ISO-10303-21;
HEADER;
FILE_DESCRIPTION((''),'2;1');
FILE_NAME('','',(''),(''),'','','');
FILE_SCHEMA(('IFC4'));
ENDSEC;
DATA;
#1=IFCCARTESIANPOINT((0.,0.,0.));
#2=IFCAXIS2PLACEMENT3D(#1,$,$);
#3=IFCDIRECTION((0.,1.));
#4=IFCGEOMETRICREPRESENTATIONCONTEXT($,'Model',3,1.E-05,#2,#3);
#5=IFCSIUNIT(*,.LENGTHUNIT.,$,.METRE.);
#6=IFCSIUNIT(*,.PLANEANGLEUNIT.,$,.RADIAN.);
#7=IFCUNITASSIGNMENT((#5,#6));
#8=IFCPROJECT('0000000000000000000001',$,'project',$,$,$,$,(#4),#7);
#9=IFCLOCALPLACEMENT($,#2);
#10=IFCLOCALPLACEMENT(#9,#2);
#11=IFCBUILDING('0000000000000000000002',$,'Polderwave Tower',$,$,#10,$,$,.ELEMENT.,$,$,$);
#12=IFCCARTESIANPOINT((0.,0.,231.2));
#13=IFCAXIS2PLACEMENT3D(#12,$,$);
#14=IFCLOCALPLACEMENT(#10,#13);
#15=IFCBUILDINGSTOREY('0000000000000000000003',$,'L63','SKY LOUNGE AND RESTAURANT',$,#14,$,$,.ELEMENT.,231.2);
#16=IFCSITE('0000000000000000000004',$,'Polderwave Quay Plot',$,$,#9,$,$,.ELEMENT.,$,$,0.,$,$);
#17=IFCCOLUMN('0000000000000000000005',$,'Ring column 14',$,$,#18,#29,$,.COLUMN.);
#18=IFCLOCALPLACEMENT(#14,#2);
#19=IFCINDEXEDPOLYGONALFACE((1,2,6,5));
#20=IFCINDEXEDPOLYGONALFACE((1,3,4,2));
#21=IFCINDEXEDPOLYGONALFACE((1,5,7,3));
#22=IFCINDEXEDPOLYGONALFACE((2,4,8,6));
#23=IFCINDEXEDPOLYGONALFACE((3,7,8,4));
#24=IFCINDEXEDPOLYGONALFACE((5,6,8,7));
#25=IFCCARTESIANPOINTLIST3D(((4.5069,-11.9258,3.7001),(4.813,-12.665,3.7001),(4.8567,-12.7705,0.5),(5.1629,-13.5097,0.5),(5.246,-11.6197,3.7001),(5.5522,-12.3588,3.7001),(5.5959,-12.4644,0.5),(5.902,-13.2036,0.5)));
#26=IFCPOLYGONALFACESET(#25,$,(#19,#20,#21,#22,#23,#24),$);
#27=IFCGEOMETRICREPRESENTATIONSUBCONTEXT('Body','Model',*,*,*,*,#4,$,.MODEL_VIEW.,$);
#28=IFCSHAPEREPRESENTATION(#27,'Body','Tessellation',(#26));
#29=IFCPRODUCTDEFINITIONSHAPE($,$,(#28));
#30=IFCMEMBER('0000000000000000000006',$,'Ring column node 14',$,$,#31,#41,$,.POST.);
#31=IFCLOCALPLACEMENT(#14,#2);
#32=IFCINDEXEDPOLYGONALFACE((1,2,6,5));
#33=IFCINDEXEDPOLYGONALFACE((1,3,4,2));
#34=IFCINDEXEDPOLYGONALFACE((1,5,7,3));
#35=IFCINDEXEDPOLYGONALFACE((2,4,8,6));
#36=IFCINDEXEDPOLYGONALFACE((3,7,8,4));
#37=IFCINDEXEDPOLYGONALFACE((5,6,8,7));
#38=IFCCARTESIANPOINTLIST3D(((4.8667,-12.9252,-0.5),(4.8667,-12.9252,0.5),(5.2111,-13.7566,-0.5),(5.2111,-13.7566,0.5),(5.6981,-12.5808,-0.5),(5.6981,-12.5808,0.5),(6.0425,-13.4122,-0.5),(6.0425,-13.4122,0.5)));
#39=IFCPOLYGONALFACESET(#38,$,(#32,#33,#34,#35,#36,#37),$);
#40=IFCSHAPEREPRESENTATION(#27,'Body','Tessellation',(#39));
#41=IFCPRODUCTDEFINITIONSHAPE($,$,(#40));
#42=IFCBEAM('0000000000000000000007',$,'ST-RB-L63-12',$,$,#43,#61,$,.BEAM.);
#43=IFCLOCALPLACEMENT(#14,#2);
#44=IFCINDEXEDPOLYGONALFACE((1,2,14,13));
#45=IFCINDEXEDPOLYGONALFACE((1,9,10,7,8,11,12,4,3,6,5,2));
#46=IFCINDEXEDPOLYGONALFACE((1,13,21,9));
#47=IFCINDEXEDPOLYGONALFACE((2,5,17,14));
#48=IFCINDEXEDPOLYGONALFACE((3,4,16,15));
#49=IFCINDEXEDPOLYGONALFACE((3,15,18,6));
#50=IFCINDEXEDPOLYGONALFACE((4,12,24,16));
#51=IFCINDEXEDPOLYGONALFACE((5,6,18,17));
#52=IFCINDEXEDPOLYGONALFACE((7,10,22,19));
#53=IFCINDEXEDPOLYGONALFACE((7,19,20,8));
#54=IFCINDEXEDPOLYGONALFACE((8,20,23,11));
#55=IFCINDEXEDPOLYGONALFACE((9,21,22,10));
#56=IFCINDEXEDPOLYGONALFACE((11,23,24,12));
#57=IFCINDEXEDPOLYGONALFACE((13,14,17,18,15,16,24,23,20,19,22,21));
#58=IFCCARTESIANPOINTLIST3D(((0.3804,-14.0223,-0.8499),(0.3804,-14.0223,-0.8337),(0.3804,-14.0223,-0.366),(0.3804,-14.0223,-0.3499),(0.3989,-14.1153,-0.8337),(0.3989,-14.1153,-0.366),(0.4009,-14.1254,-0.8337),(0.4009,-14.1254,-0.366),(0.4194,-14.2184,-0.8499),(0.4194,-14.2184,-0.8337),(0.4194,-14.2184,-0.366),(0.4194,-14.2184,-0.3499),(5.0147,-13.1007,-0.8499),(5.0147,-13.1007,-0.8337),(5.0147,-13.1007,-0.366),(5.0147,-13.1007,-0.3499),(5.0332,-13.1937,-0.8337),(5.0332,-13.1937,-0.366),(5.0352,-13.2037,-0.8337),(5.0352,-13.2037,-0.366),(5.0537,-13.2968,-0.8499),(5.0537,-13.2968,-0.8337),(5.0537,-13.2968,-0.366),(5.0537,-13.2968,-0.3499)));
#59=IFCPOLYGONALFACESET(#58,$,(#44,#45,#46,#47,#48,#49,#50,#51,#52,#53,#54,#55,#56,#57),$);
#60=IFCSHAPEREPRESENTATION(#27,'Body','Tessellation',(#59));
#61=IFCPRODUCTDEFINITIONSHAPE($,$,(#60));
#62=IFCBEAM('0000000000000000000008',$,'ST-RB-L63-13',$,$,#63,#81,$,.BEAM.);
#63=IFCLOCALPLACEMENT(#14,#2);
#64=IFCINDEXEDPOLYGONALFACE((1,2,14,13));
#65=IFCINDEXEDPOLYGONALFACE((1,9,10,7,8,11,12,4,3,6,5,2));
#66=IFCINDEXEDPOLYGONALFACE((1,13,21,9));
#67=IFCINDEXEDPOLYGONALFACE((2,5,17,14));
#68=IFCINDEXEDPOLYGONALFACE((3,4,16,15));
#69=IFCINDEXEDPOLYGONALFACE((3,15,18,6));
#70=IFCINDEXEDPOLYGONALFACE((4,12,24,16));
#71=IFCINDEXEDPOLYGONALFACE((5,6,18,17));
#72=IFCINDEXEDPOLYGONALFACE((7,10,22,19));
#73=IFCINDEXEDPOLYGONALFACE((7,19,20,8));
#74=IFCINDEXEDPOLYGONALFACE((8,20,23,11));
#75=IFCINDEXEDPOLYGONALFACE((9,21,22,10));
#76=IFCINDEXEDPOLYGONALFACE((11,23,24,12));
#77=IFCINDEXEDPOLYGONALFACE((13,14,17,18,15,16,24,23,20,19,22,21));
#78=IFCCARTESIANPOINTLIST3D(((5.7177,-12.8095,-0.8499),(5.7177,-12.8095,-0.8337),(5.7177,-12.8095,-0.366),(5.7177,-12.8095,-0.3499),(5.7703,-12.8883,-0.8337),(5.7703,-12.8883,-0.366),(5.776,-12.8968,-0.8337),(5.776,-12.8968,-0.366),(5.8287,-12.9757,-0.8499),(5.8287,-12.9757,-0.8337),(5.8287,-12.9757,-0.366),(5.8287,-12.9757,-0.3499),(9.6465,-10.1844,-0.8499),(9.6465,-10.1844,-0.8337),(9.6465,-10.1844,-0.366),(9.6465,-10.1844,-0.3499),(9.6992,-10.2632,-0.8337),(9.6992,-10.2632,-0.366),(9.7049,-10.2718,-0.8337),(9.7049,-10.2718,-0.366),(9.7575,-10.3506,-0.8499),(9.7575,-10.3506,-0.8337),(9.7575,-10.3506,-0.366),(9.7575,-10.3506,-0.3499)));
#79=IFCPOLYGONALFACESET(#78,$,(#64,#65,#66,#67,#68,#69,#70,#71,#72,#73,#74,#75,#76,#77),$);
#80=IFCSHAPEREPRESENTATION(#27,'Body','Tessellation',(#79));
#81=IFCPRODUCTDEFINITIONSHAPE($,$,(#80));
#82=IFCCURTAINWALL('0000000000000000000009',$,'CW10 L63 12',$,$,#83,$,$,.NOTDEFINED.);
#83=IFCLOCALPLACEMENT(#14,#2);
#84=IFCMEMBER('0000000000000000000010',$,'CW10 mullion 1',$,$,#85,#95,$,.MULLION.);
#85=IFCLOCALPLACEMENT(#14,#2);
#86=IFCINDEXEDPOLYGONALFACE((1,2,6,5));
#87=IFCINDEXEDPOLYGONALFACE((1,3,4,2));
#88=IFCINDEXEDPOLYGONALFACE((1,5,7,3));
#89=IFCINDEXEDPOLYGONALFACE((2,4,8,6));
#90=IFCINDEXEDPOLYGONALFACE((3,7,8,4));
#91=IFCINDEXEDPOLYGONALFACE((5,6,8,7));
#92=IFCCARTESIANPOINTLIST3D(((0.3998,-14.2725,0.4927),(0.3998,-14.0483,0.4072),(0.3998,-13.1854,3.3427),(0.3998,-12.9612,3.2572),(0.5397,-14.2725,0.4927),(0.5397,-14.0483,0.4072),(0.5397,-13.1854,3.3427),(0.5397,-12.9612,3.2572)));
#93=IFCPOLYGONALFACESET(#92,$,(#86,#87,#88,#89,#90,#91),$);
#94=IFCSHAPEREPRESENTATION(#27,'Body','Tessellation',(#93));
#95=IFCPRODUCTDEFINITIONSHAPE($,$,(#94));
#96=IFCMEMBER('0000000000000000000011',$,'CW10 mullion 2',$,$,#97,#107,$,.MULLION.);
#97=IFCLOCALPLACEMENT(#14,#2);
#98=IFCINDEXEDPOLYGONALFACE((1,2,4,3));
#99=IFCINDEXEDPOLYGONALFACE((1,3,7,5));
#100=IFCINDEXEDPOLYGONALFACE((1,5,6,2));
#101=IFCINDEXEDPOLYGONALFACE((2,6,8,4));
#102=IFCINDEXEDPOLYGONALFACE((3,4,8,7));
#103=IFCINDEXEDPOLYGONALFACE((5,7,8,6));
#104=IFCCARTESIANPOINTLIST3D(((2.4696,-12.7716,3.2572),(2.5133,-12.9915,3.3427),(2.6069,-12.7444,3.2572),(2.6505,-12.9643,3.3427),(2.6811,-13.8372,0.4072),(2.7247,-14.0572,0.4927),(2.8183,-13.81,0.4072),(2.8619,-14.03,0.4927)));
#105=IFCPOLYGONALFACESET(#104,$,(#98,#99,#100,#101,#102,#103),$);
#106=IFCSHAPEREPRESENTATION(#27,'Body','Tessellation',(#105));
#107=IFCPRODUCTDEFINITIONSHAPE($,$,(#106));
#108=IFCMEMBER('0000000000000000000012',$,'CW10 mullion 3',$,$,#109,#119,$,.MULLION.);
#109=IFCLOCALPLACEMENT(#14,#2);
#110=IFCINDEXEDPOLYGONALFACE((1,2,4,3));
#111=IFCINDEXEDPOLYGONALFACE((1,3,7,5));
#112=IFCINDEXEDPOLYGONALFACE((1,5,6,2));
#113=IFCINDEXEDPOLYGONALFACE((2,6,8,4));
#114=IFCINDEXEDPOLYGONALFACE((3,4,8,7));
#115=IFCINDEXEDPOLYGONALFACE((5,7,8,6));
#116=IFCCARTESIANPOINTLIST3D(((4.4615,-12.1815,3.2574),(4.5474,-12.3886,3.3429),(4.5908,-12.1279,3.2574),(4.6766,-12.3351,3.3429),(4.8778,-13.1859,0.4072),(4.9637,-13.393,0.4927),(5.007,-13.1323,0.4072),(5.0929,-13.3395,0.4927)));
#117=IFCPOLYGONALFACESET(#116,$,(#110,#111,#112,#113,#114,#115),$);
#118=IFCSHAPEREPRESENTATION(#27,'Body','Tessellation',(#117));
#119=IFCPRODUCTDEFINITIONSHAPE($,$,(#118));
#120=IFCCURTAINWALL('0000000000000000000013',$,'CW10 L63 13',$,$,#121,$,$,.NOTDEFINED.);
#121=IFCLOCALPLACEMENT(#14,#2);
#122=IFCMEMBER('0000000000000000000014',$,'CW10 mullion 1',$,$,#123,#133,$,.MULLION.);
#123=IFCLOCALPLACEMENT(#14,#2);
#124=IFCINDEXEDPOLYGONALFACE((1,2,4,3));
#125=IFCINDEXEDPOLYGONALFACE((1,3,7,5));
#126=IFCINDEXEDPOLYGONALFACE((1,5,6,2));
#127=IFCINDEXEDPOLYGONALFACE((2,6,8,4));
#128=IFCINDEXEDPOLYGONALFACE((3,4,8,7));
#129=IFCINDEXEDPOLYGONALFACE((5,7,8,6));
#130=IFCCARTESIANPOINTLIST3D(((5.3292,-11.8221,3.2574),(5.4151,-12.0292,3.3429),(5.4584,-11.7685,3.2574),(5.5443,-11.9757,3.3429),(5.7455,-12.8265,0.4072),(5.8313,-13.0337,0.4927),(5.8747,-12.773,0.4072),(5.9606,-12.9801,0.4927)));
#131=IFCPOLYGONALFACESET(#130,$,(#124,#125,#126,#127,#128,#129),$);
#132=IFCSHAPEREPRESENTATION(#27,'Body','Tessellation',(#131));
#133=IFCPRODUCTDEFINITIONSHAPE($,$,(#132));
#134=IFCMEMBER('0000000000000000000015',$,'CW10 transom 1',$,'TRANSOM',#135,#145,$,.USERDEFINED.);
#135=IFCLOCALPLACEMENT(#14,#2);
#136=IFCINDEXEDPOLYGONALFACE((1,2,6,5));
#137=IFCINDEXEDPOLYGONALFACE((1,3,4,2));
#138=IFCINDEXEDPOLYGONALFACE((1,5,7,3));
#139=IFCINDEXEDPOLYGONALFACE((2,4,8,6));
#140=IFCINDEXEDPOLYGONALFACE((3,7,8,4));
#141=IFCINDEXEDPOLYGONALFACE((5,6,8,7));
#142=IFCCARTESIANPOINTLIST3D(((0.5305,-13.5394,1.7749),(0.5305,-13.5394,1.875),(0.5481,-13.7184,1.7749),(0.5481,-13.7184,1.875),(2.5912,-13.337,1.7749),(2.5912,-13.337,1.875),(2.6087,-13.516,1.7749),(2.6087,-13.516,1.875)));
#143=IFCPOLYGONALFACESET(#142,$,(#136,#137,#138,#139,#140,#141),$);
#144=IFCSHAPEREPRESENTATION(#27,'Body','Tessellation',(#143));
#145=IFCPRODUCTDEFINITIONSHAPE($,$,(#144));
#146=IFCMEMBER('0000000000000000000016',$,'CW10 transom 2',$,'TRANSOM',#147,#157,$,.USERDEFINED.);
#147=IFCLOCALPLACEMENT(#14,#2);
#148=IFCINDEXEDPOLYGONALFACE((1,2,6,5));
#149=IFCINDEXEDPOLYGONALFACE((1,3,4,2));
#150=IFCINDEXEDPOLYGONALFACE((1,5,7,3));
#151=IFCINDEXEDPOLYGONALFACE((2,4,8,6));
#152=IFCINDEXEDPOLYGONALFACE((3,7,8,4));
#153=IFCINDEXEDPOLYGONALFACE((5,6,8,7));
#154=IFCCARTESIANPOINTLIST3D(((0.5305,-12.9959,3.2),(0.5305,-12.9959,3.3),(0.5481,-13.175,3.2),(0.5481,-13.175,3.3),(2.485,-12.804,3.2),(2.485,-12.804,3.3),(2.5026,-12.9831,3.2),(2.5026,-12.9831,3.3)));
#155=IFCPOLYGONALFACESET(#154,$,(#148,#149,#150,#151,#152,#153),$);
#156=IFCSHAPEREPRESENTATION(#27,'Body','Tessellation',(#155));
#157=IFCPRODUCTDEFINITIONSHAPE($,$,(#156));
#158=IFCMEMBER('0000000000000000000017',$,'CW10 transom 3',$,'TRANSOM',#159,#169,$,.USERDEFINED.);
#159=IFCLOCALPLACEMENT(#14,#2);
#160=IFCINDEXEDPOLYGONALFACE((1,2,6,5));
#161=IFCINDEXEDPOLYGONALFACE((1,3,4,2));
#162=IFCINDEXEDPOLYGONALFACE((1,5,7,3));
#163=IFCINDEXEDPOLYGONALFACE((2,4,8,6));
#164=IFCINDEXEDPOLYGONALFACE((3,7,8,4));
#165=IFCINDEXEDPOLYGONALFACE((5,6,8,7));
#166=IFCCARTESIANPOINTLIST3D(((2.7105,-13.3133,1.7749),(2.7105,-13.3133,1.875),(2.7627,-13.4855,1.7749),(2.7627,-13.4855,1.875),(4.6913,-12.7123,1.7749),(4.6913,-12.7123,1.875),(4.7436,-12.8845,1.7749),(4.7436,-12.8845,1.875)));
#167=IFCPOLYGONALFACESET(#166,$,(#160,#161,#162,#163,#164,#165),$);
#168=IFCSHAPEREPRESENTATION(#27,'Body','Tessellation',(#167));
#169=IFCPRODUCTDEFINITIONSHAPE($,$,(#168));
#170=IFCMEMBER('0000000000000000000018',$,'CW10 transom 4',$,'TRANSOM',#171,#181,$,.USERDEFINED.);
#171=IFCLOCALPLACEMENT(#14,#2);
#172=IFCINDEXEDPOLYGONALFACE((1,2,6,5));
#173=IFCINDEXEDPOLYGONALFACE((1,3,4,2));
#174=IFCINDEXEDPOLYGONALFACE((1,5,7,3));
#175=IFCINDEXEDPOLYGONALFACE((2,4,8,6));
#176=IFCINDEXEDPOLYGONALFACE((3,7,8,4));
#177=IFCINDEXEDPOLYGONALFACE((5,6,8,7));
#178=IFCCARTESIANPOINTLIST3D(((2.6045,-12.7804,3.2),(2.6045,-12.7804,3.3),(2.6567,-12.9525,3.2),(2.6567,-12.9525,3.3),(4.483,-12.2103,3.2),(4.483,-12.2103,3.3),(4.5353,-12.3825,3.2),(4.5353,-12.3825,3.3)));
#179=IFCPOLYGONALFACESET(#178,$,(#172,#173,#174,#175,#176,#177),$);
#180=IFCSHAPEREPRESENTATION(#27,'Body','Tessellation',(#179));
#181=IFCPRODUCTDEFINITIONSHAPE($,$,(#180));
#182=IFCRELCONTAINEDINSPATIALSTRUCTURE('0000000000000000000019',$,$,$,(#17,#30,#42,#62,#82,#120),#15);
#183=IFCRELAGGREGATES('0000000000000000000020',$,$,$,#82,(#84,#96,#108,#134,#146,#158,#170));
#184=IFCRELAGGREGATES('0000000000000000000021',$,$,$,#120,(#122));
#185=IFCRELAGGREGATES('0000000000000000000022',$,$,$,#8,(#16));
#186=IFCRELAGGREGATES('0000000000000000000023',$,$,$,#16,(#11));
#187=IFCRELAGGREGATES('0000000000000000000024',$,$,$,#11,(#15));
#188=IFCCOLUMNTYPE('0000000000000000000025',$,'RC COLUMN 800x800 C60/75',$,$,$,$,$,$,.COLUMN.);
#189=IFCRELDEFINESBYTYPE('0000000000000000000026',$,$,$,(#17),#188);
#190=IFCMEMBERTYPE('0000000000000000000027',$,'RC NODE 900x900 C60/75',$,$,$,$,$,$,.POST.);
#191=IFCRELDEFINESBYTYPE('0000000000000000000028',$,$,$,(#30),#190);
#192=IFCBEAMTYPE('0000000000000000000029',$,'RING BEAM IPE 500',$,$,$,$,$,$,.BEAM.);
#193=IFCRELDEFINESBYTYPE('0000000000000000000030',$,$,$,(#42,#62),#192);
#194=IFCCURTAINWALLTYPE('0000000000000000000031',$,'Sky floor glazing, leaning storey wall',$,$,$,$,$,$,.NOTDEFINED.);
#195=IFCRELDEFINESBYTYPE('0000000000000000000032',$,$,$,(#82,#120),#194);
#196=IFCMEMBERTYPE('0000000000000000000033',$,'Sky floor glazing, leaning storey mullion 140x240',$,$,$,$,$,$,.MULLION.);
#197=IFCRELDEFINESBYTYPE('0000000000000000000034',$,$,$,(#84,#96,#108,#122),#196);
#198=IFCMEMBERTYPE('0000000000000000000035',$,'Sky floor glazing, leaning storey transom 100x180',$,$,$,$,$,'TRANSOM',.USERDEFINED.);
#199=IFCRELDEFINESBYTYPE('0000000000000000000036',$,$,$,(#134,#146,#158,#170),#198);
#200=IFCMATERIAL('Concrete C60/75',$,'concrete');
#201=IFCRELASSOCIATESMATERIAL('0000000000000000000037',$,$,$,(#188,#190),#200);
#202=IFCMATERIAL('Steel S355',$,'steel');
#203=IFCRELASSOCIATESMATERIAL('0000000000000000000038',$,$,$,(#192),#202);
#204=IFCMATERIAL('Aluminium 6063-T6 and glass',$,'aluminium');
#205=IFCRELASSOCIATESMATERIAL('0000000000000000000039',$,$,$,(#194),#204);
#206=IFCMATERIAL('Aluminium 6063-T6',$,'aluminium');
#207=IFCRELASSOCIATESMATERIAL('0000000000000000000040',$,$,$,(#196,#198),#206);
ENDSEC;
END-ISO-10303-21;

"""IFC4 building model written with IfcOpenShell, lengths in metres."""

from ifc_helpers import new_model, si_unit, direction, frame, origin, origin_2d, place, context, subcontext, project, spatial, rectangle, i_section, extrude, material, material_profile, profile_set, type_object, element, aggregate, save


model = new_model("IFC4")

# Units and contexts
model_context = context("Model", 3, precision=1e-05, world=origin(), true_north=direction((0.0, 1.0)))
body_context = subcontext(model_context, "Body", "Model", "MODEL_VIEW")
ifc_project = project(units=[si_unit("LENGTHUNIT", "METRE"), si_unit("PLANEANGLEUNIT", "RADIAN")], contexts=[model_context])

# Site, building, storey
site_placement = place(None, origin())
site = spatial("IfcSite", under=ifc_project, at=site_placement, Name="Polderwave Quay Plot", CompositionType="ELEMENT", RefElevation=0.0)
building_placement = place(site_placement, origin())
building = spatial("IfcBuilding", under=site, at=building_placement, Name="Polderwave Tower", CompositionType="ELEMENT")
storey_placement = place(building_placement, frame((0.0, 0.0, 231.2)))
storey = spatial("IfcBuildingStorey", under=building, at=storey_placement, Name="L63", Description="SKY LOUNGE AND RESTAURANT", CompositionType="ELEMENT", Elevation=231.2)

# Column
ifc_material_1 = material(Name="Concrete C60/75", Category="concrete")
ifc_material_profile_1 = material_profile(ifc_material_1, rectangle(XDim=0.8, YDim=0.8, at=origin_2d()), Name="RC 800x800")
ifc_profile_set_1 = profile_set([ifc_material_profile_1], Name="Concrete C60/75")
column_type = type_object("IfcColumnType", Name="RC COLUMN 800x800 C60/75", PredefinedType="COLUMN", material=ifc_profile_set_1)
column_placement = place(storey_placement, frame((5.3794, -12.9871, 0.5), z_axis=(0.0, 0.0, 1.0), x_axis=(-0.923896, -0.382643, 0.0)))
element("IfcColumn", 1, at=column_placement, inside=storey, type_object=column_type, Name="Ring column 14", PredefinedType="COLUMN", context=body_context, shape_type="SweptSolid", body=[
    extrude(rectangle(XDim=0.8, YDim=0.8, at=origin_2d()), origin(), (0.0, -0.274731, 0.961521), 3.3281),
])

# Member
ifc_material_profile_2 = material_profile(ifc_material_1, rectangle(XDim=0.8999, YDim=0.8999, at=origin_2d()), Name="RC 900x900")
ifc_profile_set_2 = profile_set([ifc_material_profile_2], Name="Concrete C60/75")
member_type_1 = type_object("IfcMemberType", Name="RC NODE 900x900 C60/75", PredefinedType="POST", material=ifc_profile_set_2)
member_1_placement = place(storey_placement, frame((5.4546, -13.1687, -0.5), z_axis=(0.0, 0.0, 1.0), x_axis=(0.382683, -0.92388, 0.0)))
element("IfcMember", 2, at=member_1_placement, inside=storey, type_object=member_type_1, Name="Ring column node 14", PredefinedType="POST", context=body_context, shape_type="SweptSolid", body=[
    extrude(rectangle(XDim=0.8999, YDim=0.8999, at=origin_2d()), origin(), (0.0, 0.0, 1.0), 1.0),
])

# Beams
ifc_material_2 = material(Name="Steel S355", Category="steel")
ifc_material_profile_3 = material_profile(ifc_material_2, i_section(OverallWidth=0.2, OverallDepth=0.5, WebThickness=0.0103, FlangeThickness=0.0161, at=origin_2d()), Name="IPE 500")
ifc_profile_set_3 = profile_set([ifc_material_profile_3], Name="Steel S355")
beam_type = type_object("IfcBeamType", Name="RING BEAM IPE 500", PredefinedType="BEAM", material=ifc_profile_set_3)
for number, where, z_axis, x_axis, name in (
    (3, (0.3999, -14.1204, -0.5999), (0.980793, 0.195053, 0.0), (-0.195053, 0.980793, 0.0), "ST-RB-L63-12"),
    (4, (5.7732, -12.8926, -0.5999), (0.831478, 0.555558, 0.0), (-0.555558, 0.831478, 0.0), "ST-RB-L63-13"),
):
    element("IfcBeam", number, at=place(storey_placement, frame(where, z_axis=z_axis, x_axis=x_axis)), inside=storey, type_object=beam_type, Name=name, PredefinedType="BEAM", context=body_context, shape_type="SweptSolid", body=[
        extrude(i_section(OverallWidth=0.2, OverallDepth=0.5, WebThickness=0.0103, FlangeThickness=0.0161, at=origin_2d()), origin(), (0.0, 0.0, 1.0), 4.7251),
    ])

# Curtain wall, members
ifc_material_3 = material(Name="Aluminium 6063-T6 and glass", Category="aluminium")
curtain_wall_type = type_object("IfcCurtainWallType", Name="Sky floor glazing, leaning storey wall", PredefinedType="NOTDEFINED", material=ifc_material_3)
curtain_wall_1_placement = place(storey_placement, origin())
curtain_wall_1 = element("IfcCurtainWall", 5, at=curtain_wall_1_placement, inside=storey, type_object=curtain_wall_type, Name="CW10 L63 12", PredefinedType="NOTDEFINED")
ifc_material_4 = material(Name="Aluminium 6063-T6", Category="aluminium")
ifc_material_profile_4 = material_profile(ifc_material_4, rectangle(XDim=0.1399, YDim=0.24, at=origin_2d()), Name="AL 140x240")
ifc_profile_set_4 = profile_set([ifc_material_profile_4], Name="Aluminium 6063-T6")
member_type_2 = type_object("IfcMemberType", Name="Sky floor glazing, leaning storey mullion 140x240", PredefinedType="MULLION", material=ifc_profile_set_4)
member_2_placement = place(storey_placement, frame((0.4697, -14.1604, 0.45), z_axis=(0.0, 0.356398, 0.934334), x_axis=(-1.0, 0.0, 0.0)))
member_2 = element("IfcMember", 6, at=member_2_placement, type_object=member_type_2, Name="CW10 mullion 1", PredefinedType="MULLION", context=body_context, shape_type="SweptSolid", body=[
    extrude(rectangle(XDim=0.1399, YDim=0.24, at=origin_2d()), origin(), (0.0, 0.0, 1.0), 3.0503),
])
member_3_placement = place(storey_placement, frame((2.7715, -13.9336, 0.45), z_axis=(-0.069317, 0.349384, 0.934412), x_axis=(-0.980882, -0.194603, 0.0)))
member_3 = element("IfcMember", 7, at=member_3_placement, type_object=member_type_2, Name="CW10 mullion 2", PredefinedType="MULLION", context=body_context, shape_type="SweptSolid", body=[
    extrude(rectangle(XDim=0.1399, YDim=0.24, at=origin_2d()), origin(), (0.0, 0.0, 1.0), 3.05),
])
member_4_placement = place(storey_placement, frame((4.9854, -13.2627, 0.45), z_axis=(-0.136459, 0.329263, 0.934326), x_axis=(-0.923806, -0.382861, 0.0)))
member_4 = element("IfcMember", 8, at=member_4_placement, type_object=member_type_2, Name="CW10 mullion 3", PredefinedType="MULLION", context=body_context, shape_type="SweptSolid", body=[
    extrude(rectangle(XDim=0.1399, YDim=0.24, at=origin_2d()), origin(), (0.0, 0.0, 1.0), 3.0505),
])

# Curtain wall, member
curtain_wall_2_placement = place(storey_placement, origin())
curtain_wall_2 = element("IfcCurtainWall", 9, at=curtain_wall_2_placement, inside=storey, type_object=curtain_wall_type, Name="CW10 L63 13", PredefinedType="NOTDEFINED")
member_5_placement = place(storey_placement, frame((5.853, -12.9033, 0.45), z_axis=(-0.136459, 0.329263, 0.934326), x_axis=(-0.923806, -0.382861, 0.0)))
member_5 = element("IfcMember", 10, at=member_5_placement, type_object=member_type_2, Name="CW10 mullion 1", PredefinedType="MULLION", context=body_context, shape_type="SweptSolid", body=[
    extrude(rectangle(XDim=0.1399, YDim=0.24, at=origin_2d()), origin(), (0.0, 0.0, 1.0), 3.0505),
])

# Members
ifc_material_profile_5 = material_profile(ifc_material_4, rectangle(XDim=0.1799, YDim=0.1001, at=origin_2d()), Name="AL 100x180")
ifc_profile_set_5 = profile_set([ifc_material_profile_5], Name="Aluminium 6063-T6")
member_type_3 = type_object("IfcMemberType", Name="Sky floor glazing, leaning storey transom 100x180", ElementType="TRANSOM", PredefinedType="USERDEFINED", material=ifc_profile_set_5)
member_6_placement = place(storey_placement, frame((0.5393, -13.6289, 1.825), z_axis=(0.995211, 0.097752, 0.0), x_axis=(-0.097752, 0.995211, 0.0)))
member_6 = element("IfcMember", 11, at=member_6_placement, type_object=member_type_3, Name="CW10 transom 1", ObjectType="TRANSOM", PredefinedType="USERDEFINED", context=body_context, shape_type="SweptSolid", body=[
    extrude(rectangle(XDim=0.1799, YDim=0.1001, at=origin_2d()), origin(), (0.0, 0.0, 1.0), 2.0706),
])
member_7_placement = place(storey_placement, frame((0.5393, -13.0854, 3.25), z_axis=(0.995215, 0.097707, 0.0), x_axis=(-0.097707, 0.995215, 0.0)))
member_7 = element("IfcMember", 12, at=member_7_placement, type_object=member_type_3, Name="CW10 transom 2", ObjectType="TRANSOM", PredefinedType="USERDEFINED", context=body_context, shape_type="SweptSolid", body=[
    extrude(rectangle(XDim=0.1799, YDim=0.1001, at=origin_2d()), origin(), (0.0, 0.0, 1.0), 1.9639),
])
member_8_placement = place(storey_placement, frame((2.7366, -13.3994, 1.825), z_axis=(0.956919, 0.290354, 0.0), x_axis=(-0.290354, 0.956919, 0.0)))
member_8 = element("IfcMember", 13, at=member_8_placement, type_object=member_type_3, Name="CW10 transom 3", ObjectType="TRANSOM", PredefinedType="USERDEFINED", context=body_context, shape_type="SweptSolid", body=[
    extrude(rectangle(XDim=0.1799, YDim=0.1001, at=origin_2d()), origin(), (0.0, 0.0, 1.0), 2.0701),
])
member_9_placement = place(storey_placement, frame((2.6306, -12.8665, 3.25), z_axis=(0.956915, 0.29037, 0.0), x_axis=(-0.29037, 0.956915, 0.0)))
member_9 = element("IfcMember", 14, at=member_9_placement, type_object=member_type_3, Name="CW10 transom 4", ObjectType="TRANSOM", PredefinedType="USERDEFINED", context=body_context, shape_type="SweptSolid", body=[
    extrude(rectangle(XDim=0.1799, YDim=0.1001, at=origin_2d()), origin(), (0.0, 0.0, 1.0), 1.9631),
])

aggregate(curtain_wall_1, [member_2, member_3, member_4, member_6, member_7, member_8, member_9])
aggregate(curtain_wall_2, [member_5])

save(model, "model.ifc")
